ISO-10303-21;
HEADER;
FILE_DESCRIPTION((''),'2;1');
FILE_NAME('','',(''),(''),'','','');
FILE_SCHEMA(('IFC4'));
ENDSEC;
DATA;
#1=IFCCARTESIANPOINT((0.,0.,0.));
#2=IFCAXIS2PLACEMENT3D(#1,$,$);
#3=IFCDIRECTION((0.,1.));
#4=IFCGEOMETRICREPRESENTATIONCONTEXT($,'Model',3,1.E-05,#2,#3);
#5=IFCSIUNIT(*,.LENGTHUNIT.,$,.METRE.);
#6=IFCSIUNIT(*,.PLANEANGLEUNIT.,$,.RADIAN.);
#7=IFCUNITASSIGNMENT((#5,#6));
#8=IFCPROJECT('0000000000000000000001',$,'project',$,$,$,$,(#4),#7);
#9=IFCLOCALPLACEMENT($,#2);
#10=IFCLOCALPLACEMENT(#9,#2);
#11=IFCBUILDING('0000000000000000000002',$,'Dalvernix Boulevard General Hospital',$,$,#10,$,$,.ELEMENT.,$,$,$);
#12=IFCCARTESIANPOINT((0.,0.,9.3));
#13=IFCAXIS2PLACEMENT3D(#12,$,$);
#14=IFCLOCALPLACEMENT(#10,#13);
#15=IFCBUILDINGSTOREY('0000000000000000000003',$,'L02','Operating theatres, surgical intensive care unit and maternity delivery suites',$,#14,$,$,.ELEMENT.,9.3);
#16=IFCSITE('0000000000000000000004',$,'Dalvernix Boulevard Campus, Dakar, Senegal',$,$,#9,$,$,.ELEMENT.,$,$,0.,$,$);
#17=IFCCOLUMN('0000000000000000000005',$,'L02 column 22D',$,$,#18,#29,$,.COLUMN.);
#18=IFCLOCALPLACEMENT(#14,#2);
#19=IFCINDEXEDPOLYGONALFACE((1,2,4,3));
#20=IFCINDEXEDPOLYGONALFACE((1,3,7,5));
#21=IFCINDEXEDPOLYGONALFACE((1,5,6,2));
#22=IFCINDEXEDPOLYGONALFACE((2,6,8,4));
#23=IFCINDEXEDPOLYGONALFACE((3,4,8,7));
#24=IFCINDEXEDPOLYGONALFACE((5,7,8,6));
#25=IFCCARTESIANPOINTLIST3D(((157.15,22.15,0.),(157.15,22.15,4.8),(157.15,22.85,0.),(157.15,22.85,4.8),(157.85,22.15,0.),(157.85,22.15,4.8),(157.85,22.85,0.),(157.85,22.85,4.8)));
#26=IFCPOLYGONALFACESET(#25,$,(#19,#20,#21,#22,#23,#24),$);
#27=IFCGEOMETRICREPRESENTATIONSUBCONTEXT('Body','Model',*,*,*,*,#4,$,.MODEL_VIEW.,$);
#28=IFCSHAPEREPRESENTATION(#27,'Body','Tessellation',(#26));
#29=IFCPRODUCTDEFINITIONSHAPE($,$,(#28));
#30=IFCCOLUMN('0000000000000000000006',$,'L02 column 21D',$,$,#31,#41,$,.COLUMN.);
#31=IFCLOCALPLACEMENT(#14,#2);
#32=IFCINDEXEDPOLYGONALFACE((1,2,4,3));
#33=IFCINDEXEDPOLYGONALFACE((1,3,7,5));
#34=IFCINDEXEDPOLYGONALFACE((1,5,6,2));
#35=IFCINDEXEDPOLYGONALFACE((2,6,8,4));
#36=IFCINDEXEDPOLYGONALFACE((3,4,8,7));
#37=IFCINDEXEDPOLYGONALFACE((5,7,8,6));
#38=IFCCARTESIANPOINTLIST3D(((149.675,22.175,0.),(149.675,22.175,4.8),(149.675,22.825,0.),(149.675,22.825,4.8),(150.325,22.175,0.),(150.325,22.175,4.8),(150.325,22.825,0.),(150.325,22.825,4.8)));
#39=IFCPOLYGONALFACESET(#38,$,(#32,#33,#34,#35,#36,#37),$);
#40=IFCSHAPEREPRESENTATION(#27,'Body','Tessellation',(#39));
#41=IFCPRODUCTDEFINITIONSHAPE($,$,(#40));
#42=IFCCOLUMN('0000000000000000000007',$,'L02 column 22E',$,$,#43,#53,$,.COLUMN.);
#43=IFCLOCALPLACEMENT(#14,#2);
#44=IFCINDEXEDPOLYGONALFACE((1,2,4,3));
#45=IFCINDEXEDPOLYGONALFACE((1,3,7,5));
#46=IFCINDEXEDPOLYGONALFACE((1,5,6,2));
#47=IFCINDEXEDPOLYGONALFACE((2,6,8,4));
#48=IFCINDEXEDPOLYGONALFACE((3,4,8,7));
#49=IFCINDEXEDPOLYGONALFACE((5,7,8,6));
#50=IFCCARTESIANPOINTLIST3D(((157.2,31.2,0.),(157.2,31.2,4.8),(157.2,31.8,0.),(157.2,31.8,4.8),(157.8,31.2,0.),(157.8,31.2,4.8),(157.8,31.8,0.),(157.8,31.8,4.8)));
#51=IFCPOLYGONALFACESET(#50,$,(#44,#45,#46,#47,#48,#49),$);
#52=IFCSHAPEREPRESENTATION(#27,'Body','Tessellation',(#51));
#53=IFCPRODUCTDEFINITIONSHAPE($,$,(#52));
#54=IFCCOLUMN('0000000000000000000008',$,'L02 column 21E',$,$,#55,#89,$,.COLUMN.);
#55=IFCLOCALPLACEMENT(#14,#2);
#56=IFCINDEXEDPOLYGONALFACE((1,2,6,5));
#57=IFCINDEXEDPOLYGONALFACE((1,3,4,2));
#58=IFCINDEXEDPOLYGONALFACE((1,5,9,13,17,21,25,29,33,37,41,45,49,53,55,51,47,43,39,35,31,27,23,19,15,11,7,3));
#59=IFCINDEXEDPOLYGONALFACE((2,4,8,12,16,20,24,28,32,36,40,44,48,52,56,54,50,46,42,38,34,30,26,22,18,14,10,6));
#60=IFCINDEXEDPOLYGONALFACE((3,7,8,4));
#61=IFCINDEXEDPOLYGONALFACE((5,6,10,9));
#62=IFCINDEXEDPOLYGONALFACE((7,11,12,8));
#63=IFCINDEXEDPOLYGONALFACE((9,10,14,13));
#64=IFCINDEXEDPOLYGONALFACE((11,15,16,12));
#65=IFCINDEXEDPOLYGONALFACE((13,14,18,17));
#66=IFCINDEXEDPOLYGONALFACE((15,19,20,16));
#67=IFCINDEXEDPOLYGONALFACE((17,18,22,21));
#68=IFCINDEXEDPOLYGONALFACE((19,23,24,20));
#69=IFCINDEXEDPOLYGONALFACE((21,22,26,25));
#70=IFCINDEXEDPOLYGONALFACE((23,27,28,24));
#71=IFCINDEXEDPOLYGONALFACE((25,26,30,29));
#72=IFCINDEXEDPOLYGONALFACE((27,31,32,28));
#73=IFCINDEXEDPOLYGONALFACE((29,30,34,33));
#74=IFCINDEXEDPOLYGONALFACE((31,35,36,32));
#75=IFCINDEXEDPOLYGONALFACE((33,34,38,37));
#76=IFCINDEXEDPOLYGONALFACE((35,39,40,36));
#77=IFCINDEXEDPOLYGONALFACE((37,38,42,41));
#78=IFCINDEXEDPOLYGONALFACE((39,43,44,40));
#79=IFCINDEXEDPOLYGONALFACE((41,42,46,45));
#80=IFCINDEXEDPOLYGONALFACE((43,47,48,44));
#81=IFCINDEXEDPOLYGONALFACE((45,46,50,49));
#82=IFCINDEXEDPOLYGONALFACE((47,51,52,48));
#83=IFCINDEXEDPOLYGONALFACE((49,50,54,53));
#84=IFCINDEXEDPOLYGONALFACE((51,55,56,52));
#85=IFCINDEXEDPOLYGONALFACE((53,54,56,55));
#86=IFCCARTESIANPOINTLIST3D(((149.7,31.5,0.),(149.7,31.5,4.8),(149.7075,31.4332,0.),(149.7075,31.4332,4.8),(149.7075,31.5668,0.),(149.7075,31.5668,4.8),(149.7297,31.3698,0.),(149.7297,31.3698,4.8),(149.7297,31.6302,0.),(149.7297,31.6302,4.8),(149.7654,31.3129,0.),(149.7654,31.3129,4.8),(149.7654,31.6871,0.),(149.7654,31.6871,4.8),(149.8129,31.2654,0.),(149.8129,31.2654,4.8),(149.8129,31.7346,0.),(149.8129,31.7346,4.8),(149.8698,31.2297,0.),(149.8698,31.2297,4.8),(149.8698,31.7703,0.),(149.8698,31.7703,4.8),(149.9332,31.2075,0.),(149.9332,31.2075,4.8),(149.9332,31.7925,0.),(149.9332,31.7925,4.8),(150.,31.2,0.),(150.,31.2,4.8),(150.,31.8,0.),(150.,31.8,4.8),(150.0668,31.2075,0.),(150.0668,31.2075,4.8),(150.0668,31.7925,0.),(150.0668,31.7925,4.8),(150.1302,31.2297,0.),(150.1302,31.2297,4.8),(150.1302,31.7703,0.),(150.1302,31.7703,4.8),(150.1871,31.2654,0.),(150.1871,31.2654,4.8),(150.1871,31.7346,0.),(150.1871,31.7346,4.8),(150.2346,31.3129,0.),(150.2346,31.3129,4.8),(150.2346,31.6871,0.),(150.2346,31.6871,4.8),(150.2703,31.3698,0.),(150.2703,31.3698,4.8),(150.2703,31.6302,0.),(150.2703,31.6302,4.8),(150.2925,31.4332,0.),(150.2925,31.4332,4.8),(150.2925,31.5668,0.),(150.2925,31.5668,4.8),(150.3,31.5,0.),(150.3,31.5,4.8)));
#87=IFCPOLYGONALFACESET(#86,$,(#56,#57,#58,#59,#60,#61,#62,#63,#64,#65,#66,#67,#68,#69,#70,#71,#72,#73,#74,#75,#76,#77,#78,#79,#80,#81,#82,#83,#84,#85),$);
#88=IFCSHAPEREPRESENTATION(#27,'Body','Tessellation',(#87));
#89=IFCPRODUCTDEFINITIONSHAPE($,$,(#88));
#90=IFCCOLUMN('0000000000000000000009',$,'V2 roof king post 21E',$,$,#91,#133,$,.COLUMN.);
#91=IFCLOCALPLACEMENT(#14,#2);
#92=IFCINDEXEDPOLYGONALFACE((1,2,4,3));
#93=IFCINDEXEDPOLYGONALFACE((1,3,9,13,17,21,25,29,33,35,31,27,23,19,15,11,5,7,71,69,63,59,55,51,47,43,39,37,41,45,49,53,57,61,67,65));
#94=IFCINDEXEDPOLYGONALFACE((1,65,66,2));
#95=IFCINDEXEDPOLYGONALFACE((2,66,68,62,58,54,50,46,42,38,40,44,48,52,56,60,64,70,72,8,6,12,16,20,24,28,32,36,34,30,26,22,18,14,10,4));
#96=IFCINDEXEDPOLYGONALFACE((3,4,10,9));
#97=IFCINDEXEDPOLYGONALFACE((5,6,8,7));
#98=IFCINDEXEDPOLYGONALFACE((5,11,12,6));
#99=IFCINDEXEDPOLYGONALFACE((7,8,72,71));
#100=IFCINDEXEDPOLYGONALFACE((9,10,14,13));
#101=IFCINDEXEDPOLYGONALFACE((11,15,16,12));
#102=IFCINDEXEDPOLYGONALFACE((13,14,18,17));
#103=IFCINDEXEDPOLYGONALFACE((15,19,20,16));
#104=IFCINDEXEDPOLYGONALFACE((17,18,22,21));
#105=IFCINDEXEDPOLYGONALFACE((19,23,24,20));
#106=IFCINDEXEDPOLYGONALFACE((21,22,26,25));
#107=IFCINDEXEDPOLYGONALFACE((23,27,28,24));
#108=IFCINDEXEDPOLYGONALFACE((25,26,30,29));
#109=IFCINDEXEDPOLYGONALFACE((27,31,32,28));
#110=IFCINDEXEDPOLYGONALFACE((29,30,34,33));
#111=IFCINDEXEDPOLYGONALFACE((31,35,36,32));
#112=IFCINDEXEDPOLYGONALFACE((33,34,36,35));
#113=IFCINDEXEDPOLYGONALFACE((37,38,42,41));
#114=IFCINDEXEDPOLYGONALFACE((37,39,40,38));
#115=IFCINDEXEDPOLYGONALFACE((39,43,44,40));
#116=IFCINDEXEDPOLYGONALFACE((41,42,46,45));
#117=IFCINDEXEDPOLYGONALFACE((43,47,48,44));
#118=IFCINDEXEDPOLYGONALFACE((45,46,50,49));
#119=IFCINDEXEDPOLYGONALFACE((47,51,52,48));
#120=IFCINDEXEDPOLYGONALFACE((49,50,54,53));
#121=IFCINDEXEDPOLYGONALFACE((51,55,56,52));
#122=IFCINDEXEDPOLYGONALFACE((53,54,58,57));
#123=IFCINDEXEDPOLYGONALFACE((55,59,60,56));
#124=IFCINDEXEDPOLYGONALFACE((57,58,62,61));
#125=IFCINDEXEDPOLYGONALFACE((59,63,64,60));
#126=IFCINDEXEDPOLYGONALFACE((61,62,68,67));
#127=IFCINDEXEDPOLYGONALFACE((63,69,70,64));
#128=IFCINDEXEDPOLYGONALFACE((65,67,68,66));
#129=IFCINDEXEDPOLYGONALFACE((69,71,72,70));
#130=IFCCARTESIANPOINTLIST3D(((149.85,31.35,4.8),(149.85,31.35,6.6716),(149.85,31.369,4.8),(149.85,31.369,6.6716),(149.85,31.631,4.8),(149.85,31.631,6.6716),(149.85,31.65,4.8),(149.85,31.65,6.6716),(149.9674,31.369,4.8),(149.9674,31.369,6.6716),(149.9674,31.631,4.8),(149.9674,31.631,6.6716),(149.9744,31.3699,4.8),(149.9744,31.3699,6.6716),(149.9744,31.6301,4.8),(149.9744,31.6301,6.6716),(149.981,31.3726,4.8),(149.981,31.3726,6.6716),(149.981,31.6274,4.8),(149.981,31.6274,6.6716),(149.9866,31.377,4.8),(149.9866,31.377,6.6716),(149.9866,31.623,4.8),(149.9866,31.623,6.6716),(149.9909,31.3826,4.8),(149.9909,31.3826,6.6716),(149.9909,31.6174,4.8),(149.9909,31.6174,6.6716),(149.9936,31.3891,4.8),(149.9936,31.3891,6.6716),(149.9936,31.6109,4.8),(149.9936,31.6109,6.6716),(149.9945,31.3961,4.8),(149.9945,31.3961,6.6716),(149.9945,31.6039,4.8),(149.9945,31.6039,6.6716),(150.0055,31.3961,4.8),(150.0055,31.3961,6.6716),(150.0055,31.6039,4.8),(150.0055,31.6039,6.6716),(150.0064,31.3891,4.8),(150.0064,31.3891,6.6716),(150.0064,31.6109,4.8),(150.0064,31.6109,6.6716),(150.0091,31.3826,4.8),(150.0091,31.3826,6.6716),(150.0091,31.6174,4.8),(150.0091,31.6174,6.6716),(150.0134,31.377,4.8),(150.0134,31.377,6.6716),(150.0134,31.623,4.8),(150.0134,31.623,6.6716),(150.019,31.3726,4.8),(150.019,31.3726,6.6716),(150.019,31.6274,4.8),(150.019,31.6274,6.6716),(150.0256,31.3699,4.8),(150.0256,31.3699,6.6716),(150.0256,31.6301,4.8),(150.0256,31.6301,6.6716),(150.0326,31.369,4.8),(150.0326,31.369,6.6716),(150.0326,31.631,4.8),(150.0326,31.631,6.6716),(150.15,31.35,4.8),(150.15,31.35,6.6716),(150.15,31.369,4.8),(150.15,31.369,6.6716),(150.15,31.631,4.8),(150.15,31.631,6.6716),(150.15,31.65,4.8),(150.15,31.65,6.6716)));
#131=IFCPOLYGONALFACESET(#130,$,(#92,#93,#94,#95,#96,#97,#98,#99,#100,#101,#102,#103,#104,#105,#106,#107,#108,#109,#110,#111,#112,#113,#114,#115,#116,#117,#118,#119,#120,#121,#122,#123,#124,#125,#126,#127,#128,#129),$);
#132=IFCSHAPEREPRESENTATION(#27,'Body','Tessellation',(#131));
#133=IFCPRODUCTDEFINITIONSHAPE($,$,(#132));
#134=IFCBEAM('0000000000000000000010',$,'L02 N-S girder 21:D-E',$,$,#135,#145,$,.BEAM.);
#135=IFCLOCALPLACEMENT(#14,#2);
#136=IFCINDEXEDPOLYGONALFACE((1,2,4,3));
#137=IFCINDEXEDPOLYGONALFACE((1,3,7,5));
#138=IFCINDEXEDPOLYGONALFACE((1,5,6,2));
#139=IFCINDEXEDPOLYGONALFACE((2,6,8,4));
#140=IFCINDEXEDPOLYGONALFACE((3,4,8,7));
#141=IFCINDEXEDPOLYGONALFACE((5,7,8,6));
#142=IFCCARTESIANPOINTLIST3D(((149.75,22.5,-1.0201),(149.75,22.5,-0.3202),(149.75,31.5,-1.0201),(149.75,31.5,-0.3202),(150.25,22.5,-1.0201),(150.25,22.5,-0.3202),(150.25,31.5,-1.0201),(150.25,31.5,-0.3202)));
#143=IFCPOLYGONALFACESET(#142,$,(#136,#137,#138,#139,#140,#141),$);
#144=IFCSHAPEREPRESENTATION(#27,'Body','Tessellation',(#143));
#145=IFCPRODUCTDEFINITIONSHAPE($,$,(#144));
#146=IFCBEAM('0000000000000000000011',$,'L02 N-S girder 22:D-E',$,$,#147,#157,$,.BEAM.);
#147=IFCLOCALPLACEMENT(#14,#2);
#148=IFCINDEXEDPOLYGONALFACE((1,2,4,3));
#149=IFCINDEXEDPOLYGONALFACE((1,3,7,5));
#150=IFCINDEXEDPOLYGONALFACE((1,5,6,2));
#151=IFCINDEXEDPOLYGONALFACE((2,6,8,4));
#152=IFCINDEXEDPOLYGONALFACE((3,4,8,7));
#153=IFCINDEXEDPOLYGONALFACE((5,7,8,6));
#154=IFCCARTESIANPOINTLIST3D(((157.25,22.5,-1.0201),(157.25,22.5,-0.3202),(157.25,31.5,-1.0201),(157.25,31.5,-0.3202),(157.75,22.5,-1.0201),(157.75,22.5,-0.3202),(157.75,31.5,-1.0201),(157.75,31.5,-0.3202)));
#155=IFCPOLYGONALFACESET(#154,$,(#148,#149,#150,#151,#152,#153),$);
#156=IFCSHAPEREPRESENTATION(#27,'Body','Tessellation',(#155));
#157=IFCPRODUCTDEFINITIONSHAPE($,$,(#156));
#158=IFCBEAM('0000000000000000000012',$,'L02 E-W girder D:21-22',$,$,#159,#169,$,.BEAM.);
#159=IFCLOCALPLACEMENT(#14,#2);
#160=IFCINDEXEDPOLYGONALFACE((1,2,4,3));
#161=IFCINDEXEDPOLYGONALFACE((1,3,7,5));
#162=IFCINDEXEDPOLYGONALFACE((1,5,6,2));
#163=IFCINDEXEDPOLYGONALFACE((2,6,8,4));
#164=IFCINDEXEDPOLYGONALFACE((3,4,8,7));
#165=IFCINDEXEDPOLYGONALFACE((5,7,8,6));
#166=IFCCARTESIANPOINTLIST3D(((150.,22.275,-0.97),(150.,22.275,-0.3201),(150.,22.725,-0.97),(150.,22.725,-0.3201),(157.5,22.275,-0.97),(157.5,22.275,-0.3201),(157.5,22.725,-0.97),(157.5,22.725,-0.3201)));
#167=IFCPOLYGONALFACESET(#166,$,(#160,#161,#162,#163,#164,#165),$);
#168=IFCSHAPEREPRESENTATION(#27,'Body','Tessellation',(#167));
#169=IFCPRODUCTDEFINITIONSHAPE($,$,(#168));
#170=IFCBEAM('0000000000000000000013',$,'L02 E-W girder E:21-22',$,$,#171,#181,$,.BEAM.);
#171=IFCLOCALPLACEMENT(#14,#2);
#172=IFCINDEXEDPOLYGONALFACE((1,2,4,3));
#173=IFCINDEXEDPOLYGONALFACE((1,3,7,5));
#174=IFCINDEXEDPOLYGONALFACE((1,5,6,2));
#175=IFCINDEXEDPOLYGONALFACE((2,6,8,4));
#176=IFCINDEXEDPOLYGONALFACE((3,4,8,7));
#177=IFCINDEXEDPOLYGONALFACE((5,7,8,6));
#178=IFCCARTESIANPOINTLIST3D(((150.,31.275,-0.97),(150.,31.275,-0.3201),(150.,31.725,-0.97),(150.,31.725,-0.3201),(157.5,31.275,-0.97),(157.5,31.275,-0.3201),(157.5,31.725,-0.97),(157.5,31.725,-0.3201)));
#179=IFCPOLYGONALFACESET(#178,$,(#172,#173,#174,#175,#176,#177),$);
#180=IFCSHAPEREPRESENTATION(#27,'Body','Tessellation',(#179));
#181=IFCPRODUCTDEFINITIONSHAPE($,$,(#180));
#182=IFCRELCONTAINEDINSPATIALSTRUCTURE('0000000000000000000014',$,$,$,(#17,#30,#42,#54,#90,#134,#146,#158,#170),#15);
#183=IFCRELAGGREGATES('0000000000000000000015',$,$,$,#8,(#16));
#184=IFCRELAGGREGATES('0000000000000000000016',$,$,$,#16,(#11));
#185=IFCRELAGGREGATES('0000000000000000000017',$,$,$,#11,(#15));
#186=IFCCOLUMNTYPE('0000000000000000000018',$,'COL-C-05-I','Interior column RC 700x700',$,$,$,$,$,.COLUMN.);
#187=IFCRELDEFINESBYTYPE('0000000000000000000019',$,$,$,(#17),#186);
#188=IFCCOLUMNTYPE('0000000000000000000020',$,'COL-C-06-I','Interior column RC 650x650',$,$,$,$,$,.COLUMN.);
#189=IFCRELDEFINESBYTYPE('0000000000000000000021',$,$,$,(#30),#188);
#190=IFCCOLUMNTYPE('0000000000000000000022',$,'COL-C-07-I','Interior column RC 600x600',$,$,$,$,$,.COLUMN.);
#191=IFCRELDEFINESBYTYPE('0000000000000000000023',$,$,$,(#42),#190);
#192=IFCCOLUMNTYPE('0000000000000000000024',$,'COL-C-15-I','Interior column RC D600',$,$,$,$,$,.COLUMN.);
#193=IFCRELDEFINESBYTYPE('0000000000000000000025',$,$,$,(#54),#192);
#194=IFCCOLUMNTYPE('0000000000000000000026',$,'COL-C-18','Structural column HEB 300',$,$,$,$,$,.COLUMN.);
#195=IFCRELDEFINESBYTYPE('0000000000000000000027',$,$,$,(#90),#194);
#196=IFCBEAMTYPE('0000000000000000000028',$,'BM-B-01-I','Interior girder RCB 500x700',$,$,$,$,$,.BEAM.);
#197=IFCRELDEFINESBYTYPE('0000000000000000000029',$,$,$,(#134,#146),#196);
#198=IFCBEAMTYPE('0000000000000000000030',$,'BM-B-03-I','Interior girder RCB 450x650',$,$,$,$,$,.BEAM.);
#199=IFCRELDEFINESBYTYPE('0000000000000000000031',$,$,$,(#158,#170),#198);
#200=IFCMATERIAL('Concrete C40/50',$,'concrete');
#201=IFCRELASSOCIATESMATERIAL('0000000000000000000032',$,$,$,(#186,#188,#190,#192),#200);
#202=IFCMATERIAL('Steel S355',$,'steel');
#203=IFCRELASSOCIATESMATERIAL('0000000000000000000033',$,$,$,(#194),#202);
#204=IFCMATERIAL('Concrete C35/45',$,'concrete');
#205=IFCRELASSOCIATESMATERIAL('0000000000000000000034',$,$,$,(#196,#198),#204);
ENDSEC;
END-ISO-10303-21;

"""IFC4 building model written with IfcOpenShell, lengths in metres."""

from ifc_helpers import new_model, si_unit, direction, frame, origin, origin_2d, place, context, subcontext, project, spatial, rectangle, circle, i_section, extrude, material, material_profile, profile_set, type_object, element, save


model = new_model("IFC4")

# Units and contexts
model_context = context("Model", 3, precision=1e-05, world=origin(), true_north=direction((0.0, 1.0)))
body_context = subcontext(model_context, "Body", "Model", "MODEL_VIEW")
ifc_project = project(units=[si_unit("LENGTHUNIT", "METRE"), si_unit("PLANEANGLEUNIT", "RADIAN")], contexts=[model_context])

# Site, building, storey
site_placement = place(None, origin())
site = spatial("IfcSite", under=ifc_project, at=site_placement, Name="Dalvernix Boulevard Campus, Dakar, Senegal", CompositionType="ELEMENT", RefElevation=0.0)
building_placement = place(site_placement, origin())
building = spatial("IfcBuilding", under=site, at=building_placement, Name="Dalvernix Boulevard General Hospital", CompositionType="ELEMENT")
storey_placement = place(building_placement, frame((0.0, 0.0, 9.3)))
storey = spatial("IfcBuildingStorey", under=building, at=storey_placement, Name="L02", Description="Operating theatres, surgical intensive care unit and maternity delivery suites", CompositionType="ELEMENT", Elevation=9.3)

# Columns
ifc_material_1 = material(Name="Concrete C40/50", Category="concrete")
ifc_material_profile_1 = material_profile(ifc_material_1, rectangle(XDim=0.7, YDim=0.7, at=origin_2d()), Name="RC 700x700")
ifc_profile_set_1 = profile_set([ifc_material_profile_1], Name="Concrete C40/50")
column_type_1 = type_object("IfcColumnType", Name="COL-C-05-I", Description="Interior column RC 700x700", PredefinedType="COLUMN", material=ifc_profile_set_1)
column_1_placement = place(storey_placement, frame((157.5, 22.5, 0.0), z_axis=(0.0, 0.0, 1.0), x_axis=(1.0, 0.0, 0.0)))
element("IfcColumn", 1, at=column_1_placement, inside=storey, type_object=column_type_1, Name="L02 column 22D", PredefinedType="COLUMN", context=body_context, shape_type="SweptSolid", body=[
    extrude(rectangle(XDim=0.7, YDim=0.7, at=origin_2d()), origin(), (0.0, 0.0, 1.0), 4.8),
])
ifc_material_profile_2 = material_profile(ifc_material_1, rectangle(XDim=0.6499, YDim=0.6499, at=origin_2d()), Name="RC 650x650")
ifc_profile_set_2 = profile_set([ifc_material_profile_2], Name="Concrete C40/50")
column_type_2 = type_object("IfcColumnType", Name="COL-C-06-I", Description="Interior column RC 650x650", PredefinedType="COLUMN", material=ifc_profile_set_2)
column_2_placement = place(storey_placement, frame((150.0, 22.5, 0.0), z_axis=(0.0, 0.0, 1.0), x_axis=(1.0, 0.0, 0.0)))
element("IfcColumn", 2, at=column_2_placement, inside=storey, type_object=column_type_2, Name="L02 column 21D", PredefinedType="COLUMN", context=body_context, shape_type="SweptSolid", body=[
    extrude(rectangle(XDim=0.6499, YDim=0.6499, at=origin_2d()), origin(), (0.0, 0.0, 1.0), 4.8),
])
ifc_material_profile_3 = material_profile(ifc_material_1, rectangle(XDim=0.6001, YDim=0.6001, at=origin_2d()), Name="RC 600x600")
ifc_profile_set_3 = profile_set([ifc_material_profile_3], Name="Concrete C40/50")
column_type_3 = type_object("IfcColumnType", Name="COL-C-07-I", Description="Interior column RC 600x600", PredefinedType="COLUMN", material=ifc_profile_set_3)
column_3_placement = place(storey_placement, frame((157.5, 31.5, 0.0), z_axis=(0.0, 0.0, 1.0), x_axis=(1.0, 0.0, 0.0)))
element("IfcColumn", 3, at=column_3_placement, inside=storey, type_object=column_type_3, Name="L02 column 22E", PredefinedType="COLUMN", context=body_context, shape_type="SweptSolid", body=[
    extrude(rectangle(XDim=0.6001, YDim=0.6001, at=origin_2d()), origin(), (0.0, 0.0, 1.0), 4.8),
])
ifc_material_profile_4 = material_profile(ifc_material_1, circle(Radius=0.3, at=origin_2d()), Name="RC D600")
ifc_profile_set_4 = profile_set([ifc_material_profile_4], Name="Concrete C40/50")
column_type_4 = type_object("IfcColumnType", Name="COL-C-15-I", Description="Interior column RC D600", PredefinedType="COLUMN", material=ifc_profile_set_4)
column_4_placement = place(storey_placement, frame((150.0, 31.5, 0.0), z_axis=(0.0, 0.0, 1.0), x_axis=(1.0, 0.0, 0.0)))
element("IfcColumn", 4, at=column_4_placement, inside=storey, type_object=column_type_4, Name="L02 column 21E", PredefinedType="COLUMN", context=body_context, shape_type="SweptSolid", body=[
    extrude(circle(Radius=0.3, at=origin_2d()), origin(), (0.0, 0.0, 1.0), 4.8),
])
ifc_material_2 = material(Name="Steel S355", Category="steel")
ifc_material_profile_5 = material_profile(ifc_material_2, i_section(OverallWidth=0.3, OverallDepth=0.3, WebThickness=0.011, FlangeThickness=0.019, FilletRadius=0.0271, at=origin_2d()), Name="HEB 300")
ifc_profile_set_5 = profile_set([ifc_material_profile_5], Name="Steel S355")
column_type_5 = type_object("IfcColumnType", Name="COL-C-18", Description="Structural column HEB 300", PredefinedType="COLUMN", material=ifc_profile_set_5)
column_5_placement = place(storey_placement, frame((150.0, 31.5, 4.8), z_axis=(0.0, 0.0, 1.0), x_axis=(1.0, 0.0, 0.0)))
element("IfcColumn", 5, at=column_5_placement, inside=storey, type_object=column_type_5, Name="V2 roof king post 21E", PredefinedType="COLUMN", context=body_context, shape_type="SweptSolid", body=[
    extrude(i_section(OverallWidth=0.3, OverallDepth=0.3, WebThickness=0.011, FlangeThickness=0.019, FilletRadius=0.0271, at=origin_2d()), origin(), (0.0, 0.0, 1.0), 1.8716),
])

# Beams
ifc_material_3 = material(Name="Concrete C35/45", Category="concrete")
ifc_material_profile_6 = material_profile(ifc_material_3, rectangle(XDim=0.5, YDim=0.7, at=origin_2d()), Name="RCB 500x700")
ifc_profile_set_6 = profile_set([ifc_material_profile_6], Name="Concrete C35/45")
beam_type_1 = type_object("IfcBeamType", Name="BM-B-01-I", Description="Interior girder RCB 500x700", PredefinedType="BEAM", material=ifc_profile_set_6)
for number, where, z_axis, x_axis, name in (
    (6, (150.0, 22.5, -0.6702), (0.0, 1.0, 0.0), (-1.0, 0.0, 0.0), "L02 N-S girder 21:D-E"),
    (7, (157.5, 22.5, -0.6702), (0.0, 1.0, 0.0), (-1.0, 0.0, 0.0), "L02 N-S girder 22:D-E"),
):
    element("IfcBeam", number, at=place(storey_placement, frame(where, z_axis=z_axis, x_axis=x_axis)), inside=storey, type_object=beam_type_1, Name=name, PredefinedType="BEAM", context=body_context, shape_type="SweptSolid", body=[
        extrude(rectangle(XDim=0.5, YDim=0.7, at=origin_2d()), origin(), (0.0, 0.0, 1.0), 9.0),
    ])
ifc_material_profile_7 = material_profile(ifc_material_3, rectangle(XDim=0.45, YDim=0.6499, at=origin_2d()), Name="RCB 450x650")
ifc_profile_set_7 = profile_set([ifc_material_profile_7], Name="Concrete C35/45")
beam_type_2 = type_object("IfcBeamType", Name="BM-B-03-I", Description="Interior girder RCB 450x650", PredefinedType="BEAM", material=ifc_profile_set_7)
for number, where, z_axis, x_axis, name in (
    (8, (150.0, 22.5, -0.645), (1.0, 0.0, 0.0), (0.0, 1.0, 0.0), "L02 E-W girder D:21-22"),
    (9, (150.0, 31.5, -0.645), (1.0, 0.0, 0.0), (0.0, 1.0, 0.0), "L02 E-W girder E:21-22"),
):
    element("IfcBeam", number, at=place(storey_placement, frame(where, z_axis=z_axis, x_axis=x_axis)), inside=storey, type_object=beam_type_2, Name=name, PredefinedType="BEAM", context=body_context, shape_type="SweptSolid", body=[
        extrude(rectangle(XDim=0.45, YDim=0.6499, at=origin_2d()), origin(), (0.0, 0.0, 1.0), 7.5),
    ])

save(model, "model.ifc")
